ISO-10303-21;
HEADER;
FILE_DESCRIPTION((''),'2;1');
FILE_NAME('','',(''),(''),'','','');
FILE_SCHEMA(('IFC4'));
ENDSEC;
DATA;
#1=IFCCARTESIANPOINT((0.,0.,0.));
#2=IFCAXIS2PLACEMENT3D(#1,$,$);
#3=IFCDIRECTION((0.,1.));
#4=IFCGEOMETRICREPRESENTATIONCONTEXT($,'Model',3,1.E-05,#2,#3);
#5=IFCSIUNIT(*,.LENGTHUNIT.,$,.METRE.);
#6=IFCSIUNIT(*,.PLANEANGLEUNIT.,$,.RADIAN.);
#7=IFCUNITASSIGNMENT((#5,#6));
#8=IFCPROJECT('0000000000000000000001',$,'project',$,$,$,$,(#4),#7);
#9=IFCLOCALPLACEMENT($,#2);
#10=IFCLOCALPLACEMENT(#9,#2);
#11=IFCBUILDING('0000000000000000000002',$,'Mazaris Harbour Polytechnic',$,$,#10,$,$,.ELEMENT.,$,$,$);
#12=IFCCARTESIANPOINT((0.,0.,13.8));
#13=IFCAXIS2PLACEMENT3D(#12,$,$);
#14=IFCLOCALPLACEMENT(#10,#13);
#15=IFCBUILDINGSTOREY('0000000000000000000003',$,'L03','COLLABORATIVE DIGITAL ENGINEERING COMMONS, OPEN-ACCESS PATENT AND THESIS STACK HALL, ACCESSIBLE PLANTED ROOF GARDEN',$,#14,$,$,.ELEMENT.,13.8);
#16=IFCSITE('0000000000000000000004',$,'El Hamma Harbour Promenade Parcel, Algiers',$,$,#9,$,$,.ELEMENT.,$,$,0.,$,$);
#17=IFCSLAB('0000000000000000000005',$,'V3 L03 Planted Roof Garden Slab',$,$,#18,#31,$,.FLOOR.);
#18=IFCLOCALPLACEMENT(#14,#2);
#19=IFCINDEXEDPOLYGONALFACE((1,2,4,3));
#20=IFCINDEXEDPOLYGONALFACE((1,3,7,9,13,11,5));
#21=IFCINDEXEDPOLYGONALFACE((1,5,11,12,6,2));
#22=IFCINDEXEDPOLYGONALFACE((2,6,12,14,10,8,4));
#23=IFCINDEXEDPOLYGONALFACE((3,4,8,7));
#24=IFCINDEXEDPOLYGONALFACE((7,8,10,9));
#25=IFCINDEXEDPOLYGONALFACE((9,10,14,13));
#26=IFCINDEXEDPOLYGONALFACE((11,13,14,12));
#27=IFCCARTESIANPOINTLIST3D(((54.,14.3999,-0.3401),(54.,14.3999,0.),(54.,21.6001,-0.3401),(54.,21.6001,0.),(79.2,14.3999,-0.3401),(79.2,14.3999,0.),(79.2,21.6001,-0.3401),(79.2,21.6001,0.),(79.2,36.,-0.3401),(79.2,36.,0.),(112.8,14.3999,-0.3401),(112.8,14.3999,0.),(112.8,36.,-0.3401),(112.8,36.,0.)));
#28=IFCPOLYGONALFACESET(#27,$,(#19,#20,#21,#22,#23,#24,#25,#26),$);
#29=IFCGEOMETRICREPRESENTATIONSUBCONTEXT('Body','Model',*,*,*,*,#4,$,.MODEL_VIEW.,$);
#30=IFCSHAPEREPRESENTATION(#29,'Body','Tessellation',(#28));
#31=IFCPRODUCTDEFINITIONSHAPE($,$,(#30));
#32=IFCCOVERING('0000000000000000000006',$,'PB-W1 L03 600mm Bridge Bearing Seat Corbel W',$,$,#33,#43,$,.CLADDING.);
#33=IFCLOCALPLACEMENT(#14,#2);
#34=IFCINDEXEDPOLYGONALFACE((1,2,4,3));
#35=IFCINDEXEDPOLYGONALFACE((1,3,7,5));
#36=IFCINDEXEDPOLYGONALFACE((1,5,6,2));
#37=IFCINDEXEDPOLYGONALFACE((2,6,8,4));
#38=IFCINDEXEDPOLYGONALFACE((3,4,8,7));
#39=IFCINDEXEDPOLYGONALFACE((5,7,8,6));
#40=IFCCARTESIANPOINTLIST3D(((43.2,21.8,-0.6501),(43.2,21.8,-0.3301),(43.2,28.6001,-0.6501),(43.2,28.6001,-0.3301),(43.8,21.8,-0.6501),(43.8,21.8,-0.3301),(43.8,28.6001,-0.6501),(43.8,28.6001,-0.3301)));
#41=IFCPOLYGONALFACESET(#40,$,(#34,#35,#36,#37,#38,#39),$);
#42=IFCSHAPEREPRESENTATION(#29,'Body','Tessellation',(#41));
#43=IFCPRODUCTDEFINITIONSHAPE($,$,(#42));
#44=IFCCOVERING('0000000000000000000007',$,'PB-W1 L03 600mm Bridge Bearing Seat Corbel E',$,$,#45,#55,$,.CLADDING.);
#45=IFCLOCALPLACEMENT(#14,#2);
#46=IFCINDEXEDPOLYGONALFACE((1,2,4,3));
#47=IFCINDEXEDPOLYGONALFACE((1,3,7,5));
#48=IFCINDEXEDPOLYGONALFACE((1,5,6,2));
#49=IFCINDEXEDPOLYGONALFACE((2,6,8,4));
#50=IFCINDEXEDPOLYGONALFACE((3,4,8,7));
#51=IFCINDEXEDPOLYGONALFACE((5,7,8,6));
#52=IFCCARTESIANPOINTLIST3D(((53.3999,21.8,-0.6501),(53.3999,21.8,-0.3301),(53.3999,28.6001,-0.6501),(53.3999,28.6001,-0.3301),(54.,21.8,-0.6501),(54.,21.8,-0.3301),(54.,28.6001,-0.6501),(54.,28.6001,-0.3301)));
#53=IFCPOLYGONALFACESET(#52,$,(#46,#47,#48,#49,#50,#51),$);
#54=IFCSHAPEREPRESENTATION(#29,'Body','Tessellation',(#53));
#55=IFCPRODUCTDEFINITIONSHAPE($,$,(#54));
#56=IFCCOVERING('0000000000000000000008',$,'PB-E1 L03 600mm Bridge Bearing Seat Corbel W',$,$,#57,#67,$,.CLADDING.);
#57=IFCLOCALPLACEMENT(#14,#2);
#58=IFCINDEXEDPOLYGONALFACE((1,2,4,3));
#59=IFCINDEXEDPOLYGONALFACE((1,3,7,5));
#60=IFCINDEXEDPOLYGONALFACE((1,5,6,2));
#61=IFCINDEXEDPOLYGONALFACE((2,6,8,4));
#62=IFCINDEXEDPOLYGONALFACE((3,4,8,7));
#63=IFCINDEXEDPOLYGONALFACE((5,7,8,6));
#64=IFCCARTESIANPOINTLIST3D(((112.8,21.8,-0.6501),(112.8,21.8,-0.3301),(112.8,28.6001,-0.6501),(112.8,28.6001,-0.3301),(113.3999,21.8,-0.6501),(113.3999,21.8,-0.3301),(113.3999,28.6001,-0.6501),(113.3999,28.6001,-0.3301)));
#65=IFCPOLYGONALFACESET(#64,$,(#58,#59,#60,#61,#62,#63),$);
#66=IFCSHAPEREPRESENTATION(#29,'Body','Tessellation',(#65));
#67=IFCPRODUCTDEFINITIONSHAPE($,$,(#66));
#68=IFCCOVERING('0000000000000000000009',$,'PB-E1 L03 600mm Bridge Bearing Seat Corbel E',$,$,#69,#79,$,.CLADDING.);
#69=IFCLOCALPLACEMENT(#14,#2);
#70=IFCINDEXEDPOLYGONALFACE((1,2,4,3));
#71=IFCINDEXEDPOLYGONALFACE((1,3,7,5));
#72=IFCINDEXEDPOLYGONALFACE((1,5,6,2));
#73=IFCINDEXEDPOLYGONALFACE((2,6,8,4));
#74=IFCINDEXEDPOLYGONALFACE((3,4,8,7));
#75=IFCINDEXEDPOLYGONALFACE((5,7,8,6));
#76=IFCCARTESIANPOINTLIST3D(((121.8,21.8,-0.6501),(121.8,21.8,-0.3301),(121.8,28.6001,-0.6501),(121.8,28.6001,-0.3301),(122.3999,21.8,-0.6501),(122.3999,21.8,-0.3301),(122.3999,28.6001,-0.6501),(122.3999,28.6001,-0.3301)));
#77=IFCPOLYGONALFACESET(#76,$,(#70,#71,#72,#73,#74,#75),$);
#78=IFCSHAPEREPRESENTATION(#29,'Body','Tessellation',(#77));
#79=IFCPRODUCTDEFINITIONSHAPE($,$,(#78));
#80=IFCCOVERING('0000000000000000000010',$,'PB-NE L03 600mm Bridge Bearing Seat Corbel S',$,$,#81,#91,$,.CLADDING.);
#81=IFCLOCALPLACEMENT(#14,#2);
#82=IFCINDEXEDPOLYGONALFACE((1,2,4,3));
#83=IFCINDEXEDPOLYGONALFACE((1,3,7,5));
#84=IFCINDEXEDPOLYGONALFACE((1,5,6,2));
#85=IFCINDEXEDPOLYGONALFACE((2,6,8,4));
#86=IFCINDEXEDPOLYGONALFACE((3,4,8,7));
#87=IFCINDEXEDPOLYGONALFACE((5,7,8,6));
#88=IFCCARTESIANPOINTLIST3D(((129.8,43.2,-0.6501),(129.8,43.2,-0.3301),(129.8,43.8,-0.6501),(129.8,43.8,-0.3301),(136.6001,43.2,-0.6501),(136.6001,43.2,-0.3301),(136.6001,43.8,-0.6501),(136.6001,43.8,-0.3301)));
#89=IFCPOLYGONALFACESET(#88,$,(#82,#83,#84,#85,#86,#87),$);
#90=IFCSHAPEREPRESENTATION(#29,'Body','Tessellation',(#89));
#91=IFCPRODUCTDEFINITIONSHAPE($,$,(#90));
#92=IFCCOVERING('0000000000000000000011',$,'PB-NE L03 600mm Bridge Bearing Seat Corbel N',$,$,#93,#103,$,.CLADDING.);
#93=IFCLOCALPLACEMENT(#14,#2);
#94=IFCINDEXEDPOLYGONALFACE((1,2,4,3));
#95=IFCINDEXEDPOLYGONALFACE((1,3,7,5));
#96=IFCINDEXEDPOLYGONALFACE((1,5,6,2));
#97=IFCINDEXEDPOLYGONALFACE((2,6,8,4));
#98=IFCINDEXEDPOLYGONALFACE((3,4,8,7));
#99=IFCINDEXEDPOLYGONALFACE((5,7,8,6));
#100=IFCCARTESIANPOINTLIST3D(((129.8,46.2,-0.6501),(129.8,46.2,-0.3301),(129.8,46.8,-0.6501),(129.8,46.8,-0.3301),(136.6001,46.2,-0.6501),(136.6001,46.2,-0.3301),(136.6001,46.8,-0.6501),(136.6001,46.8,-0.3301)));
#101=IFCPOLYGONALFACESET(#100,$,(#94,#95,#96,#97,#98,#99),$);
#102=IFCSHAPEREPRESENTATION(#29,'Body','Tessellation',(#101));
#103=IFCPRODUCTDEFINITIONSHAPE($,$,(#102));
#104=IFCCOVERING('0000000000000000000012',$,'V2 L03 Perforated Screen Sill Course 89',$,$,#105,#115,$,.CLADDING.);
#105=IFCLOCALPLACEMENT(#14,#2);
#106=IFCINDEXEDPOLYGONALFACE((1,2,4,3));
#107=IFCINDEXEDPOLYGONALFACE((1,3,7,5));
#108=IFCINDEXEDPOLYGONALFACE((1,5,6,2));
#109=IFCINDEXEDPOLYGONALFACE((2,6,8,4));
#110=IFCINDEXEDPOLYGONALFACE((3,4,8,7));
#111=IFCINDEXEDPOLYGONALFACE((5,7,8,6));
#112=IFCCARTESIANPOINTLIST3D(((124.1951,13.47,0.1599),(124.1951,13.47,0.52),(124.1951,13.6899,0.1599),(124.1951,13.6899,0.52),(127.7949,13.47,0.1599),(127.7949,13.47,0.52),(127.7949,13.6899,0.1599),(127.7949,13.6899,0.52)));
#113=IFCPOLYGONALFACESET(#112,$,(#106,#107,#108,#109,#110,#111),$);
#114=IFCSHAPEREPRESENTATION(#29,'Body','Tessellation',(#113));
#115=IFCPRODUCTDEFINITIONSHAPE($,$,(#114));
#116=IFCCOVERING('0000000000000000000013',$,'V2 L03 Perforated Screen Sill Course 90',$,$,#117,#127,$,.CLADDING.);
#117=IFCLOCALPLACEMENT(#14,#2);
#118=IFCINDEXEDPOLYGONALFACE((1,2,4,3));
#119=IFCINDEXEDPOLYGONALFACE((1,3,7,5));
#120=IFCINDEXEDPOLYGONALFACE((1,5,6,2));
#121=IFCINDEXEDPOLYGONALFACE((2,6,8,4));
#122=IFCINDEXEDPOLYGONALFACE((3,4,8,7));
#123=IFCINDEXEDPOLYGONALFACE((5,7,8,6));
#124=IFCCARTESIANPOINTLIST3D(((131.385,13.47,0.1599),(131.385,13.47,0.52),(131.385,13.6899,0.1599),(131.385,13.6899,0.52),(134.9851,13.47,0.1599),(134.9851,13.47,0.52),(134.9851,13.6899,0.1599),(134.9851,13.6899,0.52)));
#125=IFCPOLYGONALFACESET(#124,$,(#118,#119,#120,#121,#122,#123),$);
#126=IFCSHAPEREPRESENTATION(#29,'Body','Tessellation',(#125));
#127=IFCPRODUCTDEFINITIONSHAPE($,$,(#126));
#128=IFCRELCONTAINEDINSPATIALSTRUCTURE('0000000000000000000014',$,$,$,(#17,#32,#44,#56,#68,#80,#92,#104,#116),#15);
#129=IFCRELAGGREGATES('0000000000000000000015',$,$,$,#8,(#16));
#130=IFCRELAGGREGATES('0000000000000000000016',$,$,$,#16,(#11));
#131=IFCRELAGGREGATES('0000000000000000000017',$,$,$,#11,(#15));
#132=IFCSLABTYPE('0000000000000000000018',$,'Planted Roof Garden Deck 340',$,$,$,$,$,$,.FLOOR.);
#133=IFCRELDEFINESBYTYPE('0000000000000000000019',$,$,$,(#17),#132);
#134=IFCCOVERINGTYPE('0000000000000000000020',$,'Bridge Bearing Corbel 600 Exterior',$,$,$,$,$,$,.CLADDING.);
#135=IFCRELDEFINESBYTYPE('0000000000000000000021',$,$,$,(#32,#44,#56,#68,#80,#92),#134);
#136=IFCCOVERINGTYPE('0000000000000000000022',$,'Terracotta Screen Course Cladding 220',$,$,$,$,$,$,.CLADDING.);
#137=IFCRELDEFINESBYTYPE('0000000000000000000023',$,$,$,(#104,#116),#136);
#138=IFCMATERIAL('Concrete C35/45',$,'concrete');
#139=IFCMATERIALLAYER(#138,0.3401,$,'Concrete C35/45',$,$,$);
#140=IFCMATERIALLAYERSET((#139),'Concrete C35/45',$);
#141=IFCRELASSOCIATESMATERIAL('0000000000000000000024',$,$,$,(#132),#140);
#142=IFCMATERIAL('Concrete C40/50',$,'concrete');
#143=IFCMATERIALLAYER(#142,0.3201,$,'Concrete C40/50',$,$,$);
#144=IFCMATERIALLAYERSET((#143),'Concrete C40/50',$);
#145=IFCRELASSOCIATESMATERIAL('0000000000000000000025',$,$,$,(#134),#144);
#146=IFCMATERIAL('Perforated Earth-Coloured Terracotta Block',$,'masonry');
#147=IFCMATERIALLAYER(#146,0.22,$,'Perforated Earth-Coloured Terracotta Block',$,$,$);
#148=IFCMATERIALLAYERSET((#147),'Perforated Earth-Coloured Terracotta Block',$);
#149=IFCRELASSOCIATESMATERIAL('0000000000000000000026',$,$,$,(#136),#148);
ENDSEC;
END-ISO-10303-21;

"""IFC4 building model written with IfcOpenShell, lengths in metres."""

from ifc_helpers import new_model, si_unit, direction, frame, origin, place, context, subcontext, project, spatial, polyline, outline, extrude, material, layer, layer_set, type_object, element, save


model = new_model("IFC4")

# Units and contexts
model_context = context("Model", 3, precision=1e-05, world=origin(), true_north=direction((0.0, 1.0)))
body_context = subcontext(model_context, "Body", "Model", "MODEL_VIEW")
ifc_project = project(units=[si_unit("LENGTHUNIT", "METRE"), si_unit("PLANEANGLEUNIT", "RADIAN")], contexts=[model_context])

# Site, building, storey
site_placement = place(None, origin())
site = spatial("IfcSite", under=ifc_project, at=site_placement, Name="El Hamma Harbour Promenade Parcel, Algiers", CompositionType="ELEMENT", RefElevation=0.0)
building_placement = place(site_placement, origin())
building = spatial("IfcBuilding", under=site, at=building_placement, Name="Mazaris Harbour Polytechnic", CompositionType="ELEMENT")
storey_placement = place(building_placement, frame((0.0, 0.0, 13.8)))
storey = spatial("IfcBuildingStorey", under=building, at=storey_placement, Name="L03", Description="COLLABORATIVE DIGITAL ENGINEERING COMMONS, OPEN-ACCESS PATENT AND THESIS STACK HALL, ACCESSIBLE PLANTED ROOF GARDEN", CompositionType="ELEMENT", Elevation=13.8)

# Slab
ifc_material_1 = material(Name="Concrete C35/45", Category="concrete")
ifc_layer_1 = layer(ifc_material_1, 0.3401, Name="Concrete C35/45")
ifc_layer_set_1 = layer_set([ifc_layer_1], Name="Concrete C35/45")
slab_type_1 = type_object("IfcSlabType", Name="Planted Roof Garden Deck 340", PredefinedType="FLOOR", material=ifc_layer_set_1)
slab_1_placement = place(storey_placement, frame((0.0, 0.0, -0.3401)))
element("IfcSlab", 1, at=slab_1_placement, inside=storey, type_object=slab_type_1, Name="V3 L03 Planted Roof Garden Slab", PredefinedType="FLOOR", context=body_context, shape_type="SweptSolid", body=[
    extrude(outline(polyline([(79.2, 36.0), (112.8, 36.0), (112.8, 14.3999), (79.2, 14.3999), (54.0, 14.3999), (54.0, 21.6001), (79.2, 21.6001), (79.2, 36.0)])), origin(), (0.0, 0.0, 1.0), 0.3401),
])

# Coverings
ifc_material_2 = material(Name="Concrete C40/50", Category="concrete")
ifc_layer_2 = layer(ifc_material_2, 0.3201, Name="Concrete C40/50")
ifc_layer_set_2 = layer_set([ifc_layer_2], Name="Concrete C40/50")
covering_type_1 = type_object("IfcCoveringType", Name="Bridge Bearing Corbel 600 Exterior", PredefinedType="CLADDING", material=ifc_layer_set_2)
covering_1_placement = place(storey_placement, frame((0.0, 0.0, -0.6501)))
element("IfcCovering", 2, at=covering_1_placement, inside=storey, type_object=covering_type_1, Name="PB-W1 L03 600mm Bridge Bearing Seat Corbel W", PredefinedType="CLADDING", context=body_context, shape_type="SweptSolid", body=[
    extrude(outline(polyline([(43.2, 21.8), (43.8, 21.8), (43.8, 28.6001), (43.2, 28.6001), (43.2, 21.8)])), origin(), (0.0, 0.0, 1.0), 0.3201),
])
covering_2_placement = place(storey_placement, frame((0.0, 0.0, -0.6501)))
element("IfcCovering", 3, at=covering_2_placement, inside=storey, type_object=covering_type_1, Name="PB-W1 L03 600mm Bridge Bearing Seat Corbel E", PredefinedType="CLADDING", context=body_context, shape_type="SweptSolid", body=[
    extrude(outline(polyline([(53.3999, 21.8), (54.0, 21.8), (54.0, 28.6001), (53.3999, 28.6001), (53.3999, 21.8)])), origin(), (0.0, 0.0, 1.0), 0.3201),
])
covering_3_placement = place(storey_placement, frame((0.0, 0.0, -0.6501)))
element("IfcCovering", 4, at=covering_3_placement, inside=storey, type_object=covering_type_1, Name="PB-E1 L03 600mm Bridge Bearing Seat Corbel W", PredefinedType="CLADDING", context=body_context, shape_type="SweptSolid", body=[
    extrude(outline(polyline([(112.8, 21.8), (113.3999, 21.8), (113.3999, 28.6001), (112.8, 28.6001), (112.8, 21.8)])), origin(), (0.0, 0.0, 1.0), 0.3201),
])
covering_4_placement = place(storey_placement, frame((0.0, 0.0, -0.6501)))
element("IfcCovering", 5, at=covering_4_placement, inside=storey, type_object=covering_type_1, Name="PB-E1 L03 600mm Bridge Bearing Seat Corbel E", PredefinedType="CLADDING", context=body_context, shape_type="SweptSolid", body=[
    extrude(outline(polyline([(121.8, 21.8), (122.3999, 21.8), (122.3999, 28.6001), (121.8, 28.6001), (121.8, 21.8)])), origin(), (0.0, 0.0, 1.0), 0.3201),
])
covering_5_placement = place(storey_placement, frame((0.0, 0.0, -0.6501)))
element("IfcCovering", 6, at=covering_5_placement, inside=storey, type_object=covering_type_1, Name="PB-NE L03 600mm Bridge Bearing Seat Corbel S", PredefinedType="CLADDING", context=body_context, shape_type="SweptSolid", body=[
    extrude(outline(polyline([(129.8, 43.2), (136.6001, 43.2), (136.6001, 43.8), (129.8, 43.8), (129.8, 43.2)])), origin(), (0.0, 0.0, 1.0), 0.3201),
])
covering_6_placement = place(storey_placement, frame((0.0, 0.0, -0.6501)))
element("IfcCovering", 7, at=covering_6_placement, inside=storey, type_object=covering_type_1, Name="PB-NE L03 600mm Bridge Bearing Seat Corbel N", PredefinedType="CLADDING", context=body_context, shape_type="SweptSolid", body=[
    extrude(outline(polyline([(129.8, 46.2), (136.6001, 46.2), (136.6001, 46.8), (129.8, 46.8), (129.8, 46.2)])), origin(), (0.0, 0.0, 1.0), 0.3201),
])
ifc_material_3 = material(Name="Perforated Earth-Coloured Terracotta Block", Category="masonry")
ifc_layer_3 = layer(ifc_material_3, 0.22, Name="Perforated Earth-Coloured Terracotta Block")
ifc_layer_set_3 = layer_set([ifc_layer_3], Name="Perforated Earth-Coloured Terracotta Block")
covering_type_2 = type_object("IfcCoveringType", Name="Terracotta Screen Course Cladding 220", PredefinedType="CLADDING", material=ifc_layer_set_3)
covering_7_placement = place(storey_placement, frame((0.0, 0.0, 0.1599)))
element("IfcCovering", 8, at=covering_7_placement, inside=storey, type_object=covering_type_2, Name="V2 L03 Perforated Screen Sill Course 89", PredefinedType="CLADDING", context=body_context, shape_type="SweptSolid", body=[
    extrude(outline(polyline([(127.7949, 13.6899), (124.1951, 13.6899), (124.1951, 13.47), (127.7949, 13.47), (127.7949, 13.6899)])), origin(), (0.0, 0.0, 1.0), 0.3601),
])
covering_8_placement = place(storey_placement, frame((0.0, 0.0, 0.1599)))
element("IfcCovering", 9, at=covering_8_placement, inside=storey, type_object=covering_type_2, Name="V2 L03 Perforated Screen Sill Course 90", PredefinedType="CLADDING", context=body_context, shape_type="SweptSolid", body=[
    extrude(outline(polyline([(134.9851, 13.6899), (131.385, 13.6899), (131.385, 13.47), (134.9851, 13.47), (134.9851, 13.6899)])), origin(), (0.0, 0.0, 1.0), 0.3601),
])

save(model, "model.ifc")
